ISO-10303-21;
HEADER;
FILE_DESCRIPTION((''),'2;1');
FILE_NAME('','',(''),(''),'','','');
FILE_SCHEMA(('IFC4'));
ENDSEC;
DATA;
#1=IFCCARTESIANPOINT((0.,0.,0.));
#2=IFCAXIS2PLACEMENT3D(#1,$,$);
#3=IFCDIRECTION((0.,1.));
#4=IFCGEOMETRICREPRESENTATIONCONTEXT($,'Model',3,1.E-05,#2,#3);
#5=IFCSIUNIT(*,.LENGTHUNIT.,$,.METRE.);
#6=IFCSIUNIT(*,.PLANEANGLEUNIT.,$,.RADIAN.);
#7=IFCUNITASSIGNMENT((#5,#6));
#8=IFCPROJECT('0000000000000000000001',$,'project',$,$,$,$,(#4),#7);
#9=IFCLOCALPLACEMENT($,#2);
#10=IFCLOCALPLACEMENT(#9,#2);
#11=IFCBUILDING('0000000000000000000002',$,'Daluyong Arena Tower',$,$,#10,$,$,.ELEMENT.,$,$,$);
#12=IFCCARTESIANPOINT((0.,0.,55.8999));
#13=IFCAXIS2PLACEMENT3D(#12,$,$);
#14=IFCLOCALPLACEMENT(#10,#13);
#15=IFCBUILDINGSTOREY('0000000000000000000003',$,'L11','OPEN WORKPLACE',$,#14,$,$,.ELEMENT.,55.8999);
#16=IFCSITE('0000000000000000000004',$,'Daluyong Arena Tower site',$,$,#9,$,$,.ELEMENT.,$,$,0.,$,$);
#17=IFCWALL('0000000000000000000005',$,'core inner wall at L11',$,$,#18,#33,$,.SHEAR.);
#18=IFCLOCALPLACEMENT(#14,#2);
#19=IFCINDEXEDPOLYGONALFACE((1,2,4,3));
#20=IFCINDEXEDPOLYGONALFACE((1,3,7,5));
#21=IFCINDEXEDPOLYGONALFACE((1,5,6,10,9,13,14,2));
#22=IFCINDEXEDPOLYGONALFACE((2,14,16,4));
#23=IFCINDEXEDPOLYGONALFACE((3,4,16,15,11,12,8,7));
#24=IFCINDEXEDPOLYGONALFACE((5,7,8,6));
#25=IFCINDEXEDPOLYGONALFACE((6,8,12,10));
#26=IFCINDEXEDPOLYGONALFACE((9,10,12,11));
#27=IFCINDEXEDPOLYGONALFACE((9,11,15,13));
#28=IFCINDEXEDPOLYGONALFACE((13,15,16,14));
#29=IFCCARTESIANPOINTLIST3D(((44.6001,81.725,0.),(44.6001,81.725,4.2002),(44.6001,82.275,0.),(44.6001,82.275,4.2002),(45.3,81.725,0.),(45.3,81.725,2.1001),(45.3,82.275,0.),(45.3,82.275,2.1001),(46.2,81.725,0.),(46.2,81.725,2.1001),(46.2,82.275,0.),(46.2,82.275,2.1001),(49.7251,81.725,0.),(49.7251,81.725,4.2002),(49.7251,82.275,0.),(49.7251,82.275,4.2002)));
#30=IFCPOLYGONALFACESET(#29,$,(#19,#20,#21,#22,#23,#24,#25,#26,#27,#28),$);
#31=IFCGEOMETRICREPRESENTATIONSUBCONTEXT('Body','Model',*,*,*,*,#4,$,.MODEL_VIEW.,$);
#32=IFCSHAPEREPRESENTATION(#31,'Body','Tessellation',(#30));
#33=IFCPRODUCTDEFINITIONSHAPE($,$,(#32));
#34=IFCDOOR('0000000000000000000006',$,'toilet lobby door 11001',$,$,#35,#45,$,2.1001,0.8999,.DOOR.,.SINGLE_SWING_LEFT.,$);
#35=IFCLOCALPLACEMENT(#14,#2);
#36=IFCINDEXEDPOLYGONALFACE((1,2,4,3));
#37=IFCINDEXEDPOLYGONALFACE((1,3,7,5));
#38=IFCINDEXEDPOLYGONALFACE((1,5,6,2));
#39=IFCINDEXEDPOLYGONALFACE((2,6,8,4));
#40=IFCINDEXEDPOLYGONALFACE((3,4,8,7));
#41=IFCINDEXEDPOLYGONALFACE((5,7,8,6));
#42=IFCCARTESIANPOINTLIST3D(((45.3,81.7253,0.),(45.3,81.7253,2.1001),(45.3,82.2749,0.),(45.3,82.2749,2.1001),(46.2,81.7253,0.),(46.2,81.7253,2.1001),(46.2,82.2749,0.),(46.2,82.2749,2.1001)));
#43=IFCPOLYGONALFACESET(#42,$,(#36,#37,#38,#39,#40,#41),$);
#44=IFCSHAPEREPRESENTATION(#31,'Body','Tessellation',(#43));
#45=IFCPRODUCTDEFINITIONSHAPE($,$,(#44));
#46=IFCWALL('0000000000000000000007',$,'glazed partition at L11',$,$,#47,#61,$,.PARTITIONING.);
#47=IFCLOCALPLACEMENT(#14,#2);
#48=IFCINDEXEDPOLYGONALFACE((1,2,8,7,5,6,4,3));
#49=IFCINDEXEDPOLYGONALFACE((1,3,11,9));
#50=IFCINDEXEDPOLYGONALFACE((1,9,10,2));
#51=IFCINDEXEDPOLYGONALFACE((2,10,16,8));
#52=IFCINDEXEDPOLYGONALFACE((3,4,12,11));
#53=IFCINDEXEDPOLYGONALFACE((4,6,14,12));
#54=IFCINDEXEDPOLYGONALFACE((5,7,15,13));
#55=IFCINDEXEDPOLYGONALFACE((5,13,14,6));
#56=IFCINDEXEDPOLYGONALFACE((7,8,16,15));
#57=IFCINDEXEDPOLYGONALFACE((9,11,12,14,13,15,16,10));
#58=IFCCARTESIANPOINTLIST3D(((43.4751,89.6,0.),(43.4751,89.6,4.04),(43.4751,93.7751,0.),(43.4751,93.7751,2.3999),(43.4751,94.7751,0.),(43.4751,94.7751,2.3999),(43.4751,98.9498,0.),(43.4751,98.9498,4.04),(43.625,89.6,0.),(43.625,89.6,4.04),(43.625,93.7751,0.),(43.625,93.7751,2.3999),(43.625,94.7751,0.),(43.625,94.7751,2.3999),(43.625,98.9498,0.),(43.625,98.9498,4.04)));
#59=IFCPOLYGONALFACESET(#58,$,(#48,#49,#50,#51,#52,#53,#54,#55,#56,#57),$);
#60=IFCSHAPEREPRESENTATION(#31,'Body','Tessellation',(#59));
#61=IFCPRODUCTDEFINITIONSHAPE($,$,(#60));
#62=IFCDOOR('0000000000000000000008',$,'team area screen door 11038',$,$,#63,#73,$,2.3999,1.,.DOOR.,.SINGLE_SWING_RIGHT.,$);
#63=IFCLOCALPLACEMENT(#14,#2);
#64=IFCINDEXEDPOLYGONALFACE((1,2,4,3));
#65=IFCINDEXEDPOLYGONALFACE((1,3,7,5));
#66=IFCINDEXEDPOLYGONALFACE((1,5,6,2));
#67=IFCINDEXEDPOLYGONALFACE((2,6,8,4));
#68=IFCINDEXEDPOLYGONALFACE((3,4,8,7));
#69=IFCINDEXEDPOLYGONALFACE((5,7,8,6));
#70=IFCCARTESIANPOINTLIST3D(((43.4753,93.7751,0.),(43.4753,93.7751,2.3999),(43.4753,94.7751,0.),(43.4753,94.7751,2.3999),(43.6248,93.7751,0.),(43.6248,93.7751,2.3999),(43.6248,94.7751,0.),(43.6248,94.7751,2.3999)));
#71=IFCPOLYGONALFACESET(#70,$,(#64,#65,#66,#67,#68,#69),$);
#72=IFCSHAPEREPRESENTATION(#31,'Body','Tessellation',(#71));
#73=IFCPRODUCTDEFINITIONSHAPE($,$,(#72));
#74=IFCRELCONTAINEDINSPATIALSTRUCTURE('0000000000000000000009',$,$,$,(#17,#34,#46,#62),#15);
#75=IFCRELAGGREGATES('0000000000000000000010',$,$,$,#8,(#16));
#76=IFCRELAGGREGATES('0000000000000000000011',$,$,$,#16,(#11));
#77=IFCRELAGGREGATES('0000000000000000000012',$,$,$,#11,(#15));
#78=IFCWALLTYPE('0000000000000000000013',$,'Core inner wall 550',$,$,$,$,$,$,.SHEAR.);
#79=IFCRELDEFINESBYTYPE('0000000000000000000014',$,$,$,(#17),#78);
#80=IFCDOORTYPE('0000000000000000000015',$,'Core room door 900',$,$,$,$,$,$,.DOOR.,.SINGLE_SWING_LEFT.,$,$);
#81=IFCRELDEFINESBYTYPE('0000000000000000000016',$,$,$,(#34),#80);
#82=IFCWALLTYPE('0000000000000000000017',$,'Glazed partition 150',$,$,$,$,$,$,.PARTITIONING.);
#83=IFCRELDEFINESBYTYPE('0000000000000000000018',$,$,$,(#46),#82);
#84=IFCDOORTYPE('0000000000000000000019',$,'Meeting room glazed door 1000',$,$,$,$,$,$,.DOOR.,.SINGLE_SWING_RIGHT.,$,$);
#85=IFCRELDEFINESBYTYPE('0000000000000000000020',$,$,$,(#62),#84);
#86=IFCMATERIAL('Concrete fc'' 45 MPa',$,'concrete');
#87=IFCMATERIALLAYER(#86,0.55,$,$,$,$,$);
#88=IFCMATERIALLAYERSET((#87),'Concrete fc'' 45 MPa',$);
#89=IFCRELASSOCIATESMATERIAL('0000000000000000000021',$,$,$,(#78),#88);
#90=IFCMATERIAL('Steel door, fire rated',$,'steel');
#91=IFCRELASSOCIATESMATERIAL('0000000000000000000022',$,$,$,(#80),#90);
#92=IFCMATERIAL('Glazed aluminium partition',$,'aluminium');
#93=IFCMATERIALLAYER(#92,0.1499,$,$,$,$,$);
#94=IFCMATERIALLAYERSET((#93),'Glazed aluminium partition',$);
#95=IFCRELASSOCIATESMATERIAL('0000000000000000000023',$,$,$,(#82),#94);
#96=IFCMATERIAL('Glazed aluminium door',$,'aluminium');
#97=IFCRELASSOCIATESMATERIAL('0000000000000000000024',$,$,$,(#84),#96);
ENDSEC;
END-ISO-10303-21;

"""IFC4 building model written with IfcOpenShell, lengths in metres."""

from ifc_helpers import new_model, si_unit, direction, frame, frame_2d, origin, place, context, subcontext, project, spatial, rectangle, extrude, material, layer, layer_set, type_object, element, fill, save


model = new_model("IFC4")

# Units and contexts
model_context = context("Model", 3, precision=1e-05, world=origin(), true_north=direction((0.0, 1.0)))
body_context = subcontext(model_context, "Body", "Model", "MODEL_VIEW")
ifc_project = project(units=[si_unit("LENGTHUNIT", "METRE"), si_unit("PLANEANGLEUNIT", "RADIAN")], contexts=[model_context])

# Site, building, storey
site_placement = place(None, origin())
site = spatial("IfcSite", under=ifc_project, at=site_placement, Name="Daluyong Arena Tower site", CompositionType="ELEMENT", RefElevation=0.0)
building_placement = place(site_placement, origin())
building = spatial("IfcBuilding", under=site, at=building_placement, Name="Daluyong Arena Tower", CompositionType="ELEMENT")
storey_placement = place(building_placement, frame((0.0, 0.0, 55.8999)))
storey = spatial("IfcBuildingStorey", under=building, at=storey_placement, Name="L11", Description="OPEN WORKPLACE", CompositionType="ELEMENT", Elevation=55.8999)

# Walls, openings, doors
ifc_material_1 = material(Name="Concrete fc' 45 MPa", Category="concrete")
ifc_layer_1 = layer(ifc_material_1, 0.55)
ifc_layer_set_1 = layer_set([ifc_layer_1], Name="Concrete fc' 45 MPa")
wall_type_1 = type_object("IfcWallType", Name="Core inner wall 550", PredefinedType="SHEAR", material=ifc_layer_set_1)
wall_1_placement = place(storey_placement, frame((44.6001, 82.0, 0.0), z_axis=(0.0, 0.0, 1.0), x_axis=(1.0, 0.0, 0.0)))
wall_1 = element("IfcWall", 1, at=wall_1_placement, inside=storey, type_object=wall_type_1, Name="core inner wall at L11", PredefinedType="SHEAR", context=body_context, shape_type="SweptSolid", body=[
    extrude(rectangle(XDim=5.125, YDim=0.55, at=frame_2d((2.5625, 0.0))), origin(), (0.0, 0.0, 1.0), 4.2002),
])
opening_1_placement = place(wall_1_placement, frame((0.7, 0.0, 0.0)))
opening_1 = element("IfcOpeningElement", 2, at=opening_1_placement, cuts=wall_1, PredefinedType="OPENING", context=body_context, shape_type="SweptSolid", body=[
    extrude(rectangle(XDim=0.8999, YDim=2.1001, at=frame_2d((0.45, 1.05))), frame((0.0, 0.2849, 0.0), z_axis=(0.0, -1.0, 0.0), x_axis=(1.0, 0.0, 0.0)), (0.0, 0.0, 1.0), 0.5701),
])
ifc_material_2 = material(Name="Steel door, fire rated", Category="steel")
door_type_1 = type_object("IfcDoorType", Name="Core room door 900", OperationType="SINGLE_SWING_LEFT", PredefinedType="DOOR", material=ifc_material_2)
door_1_placement = place(opening_1_placement, origin())
door_1 = element("IfcDoor", 3, at=door_1_placement, inside=storey, type_object=door_type_1, Name="toilet lobby door 11001", OperationType="SINGLE_SWING_LEFT", OverallHeight=2.1001, OverallWidth=0.8999, PredefinedType="DOOR", context=body_context, shape_type="SweptSolid", body=[
    extrude(rectangle(XDim=0.8999, YDim=2.1001, at=frame_2d((0.45, 1.05))), frame((0.0, 0.2749, 0.0), z_axis=(0.0, -1.0, 0.0), x_axis=(1.0, 0.0, 0.0)), (0.0, 0.0, 1.0), 0.5496),
])
fill(opening_1, door_1)
ifc_material_3 = material(Name="Glazed aluminium partition", Category="aluminium")
ifc_layer_2 = layer(ifc_material_3, 0.1499)
ifc_layer_set_2 = layer_set([ifc_layer_2], Name="Glazed aluminium partition")
wall_type_2 = type_object("IfcWallType", Name="Glazed partition 150", PredefinedType="PARTITIONING", material=ifc_layer_set_2)
wall_2_placement = place(storey_placement, frame((43.55, 89.6001, 0.0), z_axis=(0.0, 0.0, 1.0), x_axis=(0.0, 1.0, 0.0)))
wall_2 = element("IfcWall", 4, at=wall_2_placement, inside=storey, type_object=wall_type_2, Name="glazed partition at L11", PredefinedType="PARTITIONING", context=body_context, shape_type="SweptSolid", body=[
    extrude(rectangle(XDim=9.3499, YDim=0.1499, at=frame_2d((4.6748, 0.0))), origin(), (0.0, 0.0, 1.0), 4.04),
])
opening_2_placement = place(wall_2_placement, frame((4.175, 0.0, 0.0)))
opening_2 = element("IfcOpeningElement", 5, at=opening_2_placement, cuts=wall_2, PredefinedType="OPENING", context=body_context, shape_type="SweptSolid", body=[
    extrude(rectangle(XDim=1.0, YDim=2.3999, at=frame_2d((0.5, 1.2))), frame((0.0, 0.085, 0.0), z_axis=(0.0, -1.0, 0.0), x_axis=(1.0, 0.0, 0.0)), (0.0, 0.0, 1.0), 0.1699),
])
ifc_material_4 = material(Name="Glazed aluminium door", Category="aluminium")
door_type_2 = type_object("IfcDoorType", Name="Meeting room glazed door 1000", OperationType="SINGLE_SWING_RIGHT", PredefinedType="DOOR", material=ifc_material_4)
door_2_placement = place(opening_2_placement, origin())
door_2 = element("IfcDoor", 6, at=door_2_placement, inside=storey, type_object=door_type_2, Name="team area screen door 11038", OperationType="SINGLE_SWING_RIGHT", OverallHeight=2.3999, OverallWidth=1.0, PredefinedType="DOOR", context=body_context, shape_type="SweptSolid", body=[
    extrude(rectangle(XDim=1.0, YDim=2.3999, at=frame_2d((0.5, 1.2))), frame((0.0, 0.0747, 0.0), z_axis=(0.0, -1.0, 0.0), x_axis=(1.0, 0.0, 0.0)), (0.0, 0.0, 1.0), 0.1494),
])
fill(opening_2, door_2)

save(model, "model.ifc")
